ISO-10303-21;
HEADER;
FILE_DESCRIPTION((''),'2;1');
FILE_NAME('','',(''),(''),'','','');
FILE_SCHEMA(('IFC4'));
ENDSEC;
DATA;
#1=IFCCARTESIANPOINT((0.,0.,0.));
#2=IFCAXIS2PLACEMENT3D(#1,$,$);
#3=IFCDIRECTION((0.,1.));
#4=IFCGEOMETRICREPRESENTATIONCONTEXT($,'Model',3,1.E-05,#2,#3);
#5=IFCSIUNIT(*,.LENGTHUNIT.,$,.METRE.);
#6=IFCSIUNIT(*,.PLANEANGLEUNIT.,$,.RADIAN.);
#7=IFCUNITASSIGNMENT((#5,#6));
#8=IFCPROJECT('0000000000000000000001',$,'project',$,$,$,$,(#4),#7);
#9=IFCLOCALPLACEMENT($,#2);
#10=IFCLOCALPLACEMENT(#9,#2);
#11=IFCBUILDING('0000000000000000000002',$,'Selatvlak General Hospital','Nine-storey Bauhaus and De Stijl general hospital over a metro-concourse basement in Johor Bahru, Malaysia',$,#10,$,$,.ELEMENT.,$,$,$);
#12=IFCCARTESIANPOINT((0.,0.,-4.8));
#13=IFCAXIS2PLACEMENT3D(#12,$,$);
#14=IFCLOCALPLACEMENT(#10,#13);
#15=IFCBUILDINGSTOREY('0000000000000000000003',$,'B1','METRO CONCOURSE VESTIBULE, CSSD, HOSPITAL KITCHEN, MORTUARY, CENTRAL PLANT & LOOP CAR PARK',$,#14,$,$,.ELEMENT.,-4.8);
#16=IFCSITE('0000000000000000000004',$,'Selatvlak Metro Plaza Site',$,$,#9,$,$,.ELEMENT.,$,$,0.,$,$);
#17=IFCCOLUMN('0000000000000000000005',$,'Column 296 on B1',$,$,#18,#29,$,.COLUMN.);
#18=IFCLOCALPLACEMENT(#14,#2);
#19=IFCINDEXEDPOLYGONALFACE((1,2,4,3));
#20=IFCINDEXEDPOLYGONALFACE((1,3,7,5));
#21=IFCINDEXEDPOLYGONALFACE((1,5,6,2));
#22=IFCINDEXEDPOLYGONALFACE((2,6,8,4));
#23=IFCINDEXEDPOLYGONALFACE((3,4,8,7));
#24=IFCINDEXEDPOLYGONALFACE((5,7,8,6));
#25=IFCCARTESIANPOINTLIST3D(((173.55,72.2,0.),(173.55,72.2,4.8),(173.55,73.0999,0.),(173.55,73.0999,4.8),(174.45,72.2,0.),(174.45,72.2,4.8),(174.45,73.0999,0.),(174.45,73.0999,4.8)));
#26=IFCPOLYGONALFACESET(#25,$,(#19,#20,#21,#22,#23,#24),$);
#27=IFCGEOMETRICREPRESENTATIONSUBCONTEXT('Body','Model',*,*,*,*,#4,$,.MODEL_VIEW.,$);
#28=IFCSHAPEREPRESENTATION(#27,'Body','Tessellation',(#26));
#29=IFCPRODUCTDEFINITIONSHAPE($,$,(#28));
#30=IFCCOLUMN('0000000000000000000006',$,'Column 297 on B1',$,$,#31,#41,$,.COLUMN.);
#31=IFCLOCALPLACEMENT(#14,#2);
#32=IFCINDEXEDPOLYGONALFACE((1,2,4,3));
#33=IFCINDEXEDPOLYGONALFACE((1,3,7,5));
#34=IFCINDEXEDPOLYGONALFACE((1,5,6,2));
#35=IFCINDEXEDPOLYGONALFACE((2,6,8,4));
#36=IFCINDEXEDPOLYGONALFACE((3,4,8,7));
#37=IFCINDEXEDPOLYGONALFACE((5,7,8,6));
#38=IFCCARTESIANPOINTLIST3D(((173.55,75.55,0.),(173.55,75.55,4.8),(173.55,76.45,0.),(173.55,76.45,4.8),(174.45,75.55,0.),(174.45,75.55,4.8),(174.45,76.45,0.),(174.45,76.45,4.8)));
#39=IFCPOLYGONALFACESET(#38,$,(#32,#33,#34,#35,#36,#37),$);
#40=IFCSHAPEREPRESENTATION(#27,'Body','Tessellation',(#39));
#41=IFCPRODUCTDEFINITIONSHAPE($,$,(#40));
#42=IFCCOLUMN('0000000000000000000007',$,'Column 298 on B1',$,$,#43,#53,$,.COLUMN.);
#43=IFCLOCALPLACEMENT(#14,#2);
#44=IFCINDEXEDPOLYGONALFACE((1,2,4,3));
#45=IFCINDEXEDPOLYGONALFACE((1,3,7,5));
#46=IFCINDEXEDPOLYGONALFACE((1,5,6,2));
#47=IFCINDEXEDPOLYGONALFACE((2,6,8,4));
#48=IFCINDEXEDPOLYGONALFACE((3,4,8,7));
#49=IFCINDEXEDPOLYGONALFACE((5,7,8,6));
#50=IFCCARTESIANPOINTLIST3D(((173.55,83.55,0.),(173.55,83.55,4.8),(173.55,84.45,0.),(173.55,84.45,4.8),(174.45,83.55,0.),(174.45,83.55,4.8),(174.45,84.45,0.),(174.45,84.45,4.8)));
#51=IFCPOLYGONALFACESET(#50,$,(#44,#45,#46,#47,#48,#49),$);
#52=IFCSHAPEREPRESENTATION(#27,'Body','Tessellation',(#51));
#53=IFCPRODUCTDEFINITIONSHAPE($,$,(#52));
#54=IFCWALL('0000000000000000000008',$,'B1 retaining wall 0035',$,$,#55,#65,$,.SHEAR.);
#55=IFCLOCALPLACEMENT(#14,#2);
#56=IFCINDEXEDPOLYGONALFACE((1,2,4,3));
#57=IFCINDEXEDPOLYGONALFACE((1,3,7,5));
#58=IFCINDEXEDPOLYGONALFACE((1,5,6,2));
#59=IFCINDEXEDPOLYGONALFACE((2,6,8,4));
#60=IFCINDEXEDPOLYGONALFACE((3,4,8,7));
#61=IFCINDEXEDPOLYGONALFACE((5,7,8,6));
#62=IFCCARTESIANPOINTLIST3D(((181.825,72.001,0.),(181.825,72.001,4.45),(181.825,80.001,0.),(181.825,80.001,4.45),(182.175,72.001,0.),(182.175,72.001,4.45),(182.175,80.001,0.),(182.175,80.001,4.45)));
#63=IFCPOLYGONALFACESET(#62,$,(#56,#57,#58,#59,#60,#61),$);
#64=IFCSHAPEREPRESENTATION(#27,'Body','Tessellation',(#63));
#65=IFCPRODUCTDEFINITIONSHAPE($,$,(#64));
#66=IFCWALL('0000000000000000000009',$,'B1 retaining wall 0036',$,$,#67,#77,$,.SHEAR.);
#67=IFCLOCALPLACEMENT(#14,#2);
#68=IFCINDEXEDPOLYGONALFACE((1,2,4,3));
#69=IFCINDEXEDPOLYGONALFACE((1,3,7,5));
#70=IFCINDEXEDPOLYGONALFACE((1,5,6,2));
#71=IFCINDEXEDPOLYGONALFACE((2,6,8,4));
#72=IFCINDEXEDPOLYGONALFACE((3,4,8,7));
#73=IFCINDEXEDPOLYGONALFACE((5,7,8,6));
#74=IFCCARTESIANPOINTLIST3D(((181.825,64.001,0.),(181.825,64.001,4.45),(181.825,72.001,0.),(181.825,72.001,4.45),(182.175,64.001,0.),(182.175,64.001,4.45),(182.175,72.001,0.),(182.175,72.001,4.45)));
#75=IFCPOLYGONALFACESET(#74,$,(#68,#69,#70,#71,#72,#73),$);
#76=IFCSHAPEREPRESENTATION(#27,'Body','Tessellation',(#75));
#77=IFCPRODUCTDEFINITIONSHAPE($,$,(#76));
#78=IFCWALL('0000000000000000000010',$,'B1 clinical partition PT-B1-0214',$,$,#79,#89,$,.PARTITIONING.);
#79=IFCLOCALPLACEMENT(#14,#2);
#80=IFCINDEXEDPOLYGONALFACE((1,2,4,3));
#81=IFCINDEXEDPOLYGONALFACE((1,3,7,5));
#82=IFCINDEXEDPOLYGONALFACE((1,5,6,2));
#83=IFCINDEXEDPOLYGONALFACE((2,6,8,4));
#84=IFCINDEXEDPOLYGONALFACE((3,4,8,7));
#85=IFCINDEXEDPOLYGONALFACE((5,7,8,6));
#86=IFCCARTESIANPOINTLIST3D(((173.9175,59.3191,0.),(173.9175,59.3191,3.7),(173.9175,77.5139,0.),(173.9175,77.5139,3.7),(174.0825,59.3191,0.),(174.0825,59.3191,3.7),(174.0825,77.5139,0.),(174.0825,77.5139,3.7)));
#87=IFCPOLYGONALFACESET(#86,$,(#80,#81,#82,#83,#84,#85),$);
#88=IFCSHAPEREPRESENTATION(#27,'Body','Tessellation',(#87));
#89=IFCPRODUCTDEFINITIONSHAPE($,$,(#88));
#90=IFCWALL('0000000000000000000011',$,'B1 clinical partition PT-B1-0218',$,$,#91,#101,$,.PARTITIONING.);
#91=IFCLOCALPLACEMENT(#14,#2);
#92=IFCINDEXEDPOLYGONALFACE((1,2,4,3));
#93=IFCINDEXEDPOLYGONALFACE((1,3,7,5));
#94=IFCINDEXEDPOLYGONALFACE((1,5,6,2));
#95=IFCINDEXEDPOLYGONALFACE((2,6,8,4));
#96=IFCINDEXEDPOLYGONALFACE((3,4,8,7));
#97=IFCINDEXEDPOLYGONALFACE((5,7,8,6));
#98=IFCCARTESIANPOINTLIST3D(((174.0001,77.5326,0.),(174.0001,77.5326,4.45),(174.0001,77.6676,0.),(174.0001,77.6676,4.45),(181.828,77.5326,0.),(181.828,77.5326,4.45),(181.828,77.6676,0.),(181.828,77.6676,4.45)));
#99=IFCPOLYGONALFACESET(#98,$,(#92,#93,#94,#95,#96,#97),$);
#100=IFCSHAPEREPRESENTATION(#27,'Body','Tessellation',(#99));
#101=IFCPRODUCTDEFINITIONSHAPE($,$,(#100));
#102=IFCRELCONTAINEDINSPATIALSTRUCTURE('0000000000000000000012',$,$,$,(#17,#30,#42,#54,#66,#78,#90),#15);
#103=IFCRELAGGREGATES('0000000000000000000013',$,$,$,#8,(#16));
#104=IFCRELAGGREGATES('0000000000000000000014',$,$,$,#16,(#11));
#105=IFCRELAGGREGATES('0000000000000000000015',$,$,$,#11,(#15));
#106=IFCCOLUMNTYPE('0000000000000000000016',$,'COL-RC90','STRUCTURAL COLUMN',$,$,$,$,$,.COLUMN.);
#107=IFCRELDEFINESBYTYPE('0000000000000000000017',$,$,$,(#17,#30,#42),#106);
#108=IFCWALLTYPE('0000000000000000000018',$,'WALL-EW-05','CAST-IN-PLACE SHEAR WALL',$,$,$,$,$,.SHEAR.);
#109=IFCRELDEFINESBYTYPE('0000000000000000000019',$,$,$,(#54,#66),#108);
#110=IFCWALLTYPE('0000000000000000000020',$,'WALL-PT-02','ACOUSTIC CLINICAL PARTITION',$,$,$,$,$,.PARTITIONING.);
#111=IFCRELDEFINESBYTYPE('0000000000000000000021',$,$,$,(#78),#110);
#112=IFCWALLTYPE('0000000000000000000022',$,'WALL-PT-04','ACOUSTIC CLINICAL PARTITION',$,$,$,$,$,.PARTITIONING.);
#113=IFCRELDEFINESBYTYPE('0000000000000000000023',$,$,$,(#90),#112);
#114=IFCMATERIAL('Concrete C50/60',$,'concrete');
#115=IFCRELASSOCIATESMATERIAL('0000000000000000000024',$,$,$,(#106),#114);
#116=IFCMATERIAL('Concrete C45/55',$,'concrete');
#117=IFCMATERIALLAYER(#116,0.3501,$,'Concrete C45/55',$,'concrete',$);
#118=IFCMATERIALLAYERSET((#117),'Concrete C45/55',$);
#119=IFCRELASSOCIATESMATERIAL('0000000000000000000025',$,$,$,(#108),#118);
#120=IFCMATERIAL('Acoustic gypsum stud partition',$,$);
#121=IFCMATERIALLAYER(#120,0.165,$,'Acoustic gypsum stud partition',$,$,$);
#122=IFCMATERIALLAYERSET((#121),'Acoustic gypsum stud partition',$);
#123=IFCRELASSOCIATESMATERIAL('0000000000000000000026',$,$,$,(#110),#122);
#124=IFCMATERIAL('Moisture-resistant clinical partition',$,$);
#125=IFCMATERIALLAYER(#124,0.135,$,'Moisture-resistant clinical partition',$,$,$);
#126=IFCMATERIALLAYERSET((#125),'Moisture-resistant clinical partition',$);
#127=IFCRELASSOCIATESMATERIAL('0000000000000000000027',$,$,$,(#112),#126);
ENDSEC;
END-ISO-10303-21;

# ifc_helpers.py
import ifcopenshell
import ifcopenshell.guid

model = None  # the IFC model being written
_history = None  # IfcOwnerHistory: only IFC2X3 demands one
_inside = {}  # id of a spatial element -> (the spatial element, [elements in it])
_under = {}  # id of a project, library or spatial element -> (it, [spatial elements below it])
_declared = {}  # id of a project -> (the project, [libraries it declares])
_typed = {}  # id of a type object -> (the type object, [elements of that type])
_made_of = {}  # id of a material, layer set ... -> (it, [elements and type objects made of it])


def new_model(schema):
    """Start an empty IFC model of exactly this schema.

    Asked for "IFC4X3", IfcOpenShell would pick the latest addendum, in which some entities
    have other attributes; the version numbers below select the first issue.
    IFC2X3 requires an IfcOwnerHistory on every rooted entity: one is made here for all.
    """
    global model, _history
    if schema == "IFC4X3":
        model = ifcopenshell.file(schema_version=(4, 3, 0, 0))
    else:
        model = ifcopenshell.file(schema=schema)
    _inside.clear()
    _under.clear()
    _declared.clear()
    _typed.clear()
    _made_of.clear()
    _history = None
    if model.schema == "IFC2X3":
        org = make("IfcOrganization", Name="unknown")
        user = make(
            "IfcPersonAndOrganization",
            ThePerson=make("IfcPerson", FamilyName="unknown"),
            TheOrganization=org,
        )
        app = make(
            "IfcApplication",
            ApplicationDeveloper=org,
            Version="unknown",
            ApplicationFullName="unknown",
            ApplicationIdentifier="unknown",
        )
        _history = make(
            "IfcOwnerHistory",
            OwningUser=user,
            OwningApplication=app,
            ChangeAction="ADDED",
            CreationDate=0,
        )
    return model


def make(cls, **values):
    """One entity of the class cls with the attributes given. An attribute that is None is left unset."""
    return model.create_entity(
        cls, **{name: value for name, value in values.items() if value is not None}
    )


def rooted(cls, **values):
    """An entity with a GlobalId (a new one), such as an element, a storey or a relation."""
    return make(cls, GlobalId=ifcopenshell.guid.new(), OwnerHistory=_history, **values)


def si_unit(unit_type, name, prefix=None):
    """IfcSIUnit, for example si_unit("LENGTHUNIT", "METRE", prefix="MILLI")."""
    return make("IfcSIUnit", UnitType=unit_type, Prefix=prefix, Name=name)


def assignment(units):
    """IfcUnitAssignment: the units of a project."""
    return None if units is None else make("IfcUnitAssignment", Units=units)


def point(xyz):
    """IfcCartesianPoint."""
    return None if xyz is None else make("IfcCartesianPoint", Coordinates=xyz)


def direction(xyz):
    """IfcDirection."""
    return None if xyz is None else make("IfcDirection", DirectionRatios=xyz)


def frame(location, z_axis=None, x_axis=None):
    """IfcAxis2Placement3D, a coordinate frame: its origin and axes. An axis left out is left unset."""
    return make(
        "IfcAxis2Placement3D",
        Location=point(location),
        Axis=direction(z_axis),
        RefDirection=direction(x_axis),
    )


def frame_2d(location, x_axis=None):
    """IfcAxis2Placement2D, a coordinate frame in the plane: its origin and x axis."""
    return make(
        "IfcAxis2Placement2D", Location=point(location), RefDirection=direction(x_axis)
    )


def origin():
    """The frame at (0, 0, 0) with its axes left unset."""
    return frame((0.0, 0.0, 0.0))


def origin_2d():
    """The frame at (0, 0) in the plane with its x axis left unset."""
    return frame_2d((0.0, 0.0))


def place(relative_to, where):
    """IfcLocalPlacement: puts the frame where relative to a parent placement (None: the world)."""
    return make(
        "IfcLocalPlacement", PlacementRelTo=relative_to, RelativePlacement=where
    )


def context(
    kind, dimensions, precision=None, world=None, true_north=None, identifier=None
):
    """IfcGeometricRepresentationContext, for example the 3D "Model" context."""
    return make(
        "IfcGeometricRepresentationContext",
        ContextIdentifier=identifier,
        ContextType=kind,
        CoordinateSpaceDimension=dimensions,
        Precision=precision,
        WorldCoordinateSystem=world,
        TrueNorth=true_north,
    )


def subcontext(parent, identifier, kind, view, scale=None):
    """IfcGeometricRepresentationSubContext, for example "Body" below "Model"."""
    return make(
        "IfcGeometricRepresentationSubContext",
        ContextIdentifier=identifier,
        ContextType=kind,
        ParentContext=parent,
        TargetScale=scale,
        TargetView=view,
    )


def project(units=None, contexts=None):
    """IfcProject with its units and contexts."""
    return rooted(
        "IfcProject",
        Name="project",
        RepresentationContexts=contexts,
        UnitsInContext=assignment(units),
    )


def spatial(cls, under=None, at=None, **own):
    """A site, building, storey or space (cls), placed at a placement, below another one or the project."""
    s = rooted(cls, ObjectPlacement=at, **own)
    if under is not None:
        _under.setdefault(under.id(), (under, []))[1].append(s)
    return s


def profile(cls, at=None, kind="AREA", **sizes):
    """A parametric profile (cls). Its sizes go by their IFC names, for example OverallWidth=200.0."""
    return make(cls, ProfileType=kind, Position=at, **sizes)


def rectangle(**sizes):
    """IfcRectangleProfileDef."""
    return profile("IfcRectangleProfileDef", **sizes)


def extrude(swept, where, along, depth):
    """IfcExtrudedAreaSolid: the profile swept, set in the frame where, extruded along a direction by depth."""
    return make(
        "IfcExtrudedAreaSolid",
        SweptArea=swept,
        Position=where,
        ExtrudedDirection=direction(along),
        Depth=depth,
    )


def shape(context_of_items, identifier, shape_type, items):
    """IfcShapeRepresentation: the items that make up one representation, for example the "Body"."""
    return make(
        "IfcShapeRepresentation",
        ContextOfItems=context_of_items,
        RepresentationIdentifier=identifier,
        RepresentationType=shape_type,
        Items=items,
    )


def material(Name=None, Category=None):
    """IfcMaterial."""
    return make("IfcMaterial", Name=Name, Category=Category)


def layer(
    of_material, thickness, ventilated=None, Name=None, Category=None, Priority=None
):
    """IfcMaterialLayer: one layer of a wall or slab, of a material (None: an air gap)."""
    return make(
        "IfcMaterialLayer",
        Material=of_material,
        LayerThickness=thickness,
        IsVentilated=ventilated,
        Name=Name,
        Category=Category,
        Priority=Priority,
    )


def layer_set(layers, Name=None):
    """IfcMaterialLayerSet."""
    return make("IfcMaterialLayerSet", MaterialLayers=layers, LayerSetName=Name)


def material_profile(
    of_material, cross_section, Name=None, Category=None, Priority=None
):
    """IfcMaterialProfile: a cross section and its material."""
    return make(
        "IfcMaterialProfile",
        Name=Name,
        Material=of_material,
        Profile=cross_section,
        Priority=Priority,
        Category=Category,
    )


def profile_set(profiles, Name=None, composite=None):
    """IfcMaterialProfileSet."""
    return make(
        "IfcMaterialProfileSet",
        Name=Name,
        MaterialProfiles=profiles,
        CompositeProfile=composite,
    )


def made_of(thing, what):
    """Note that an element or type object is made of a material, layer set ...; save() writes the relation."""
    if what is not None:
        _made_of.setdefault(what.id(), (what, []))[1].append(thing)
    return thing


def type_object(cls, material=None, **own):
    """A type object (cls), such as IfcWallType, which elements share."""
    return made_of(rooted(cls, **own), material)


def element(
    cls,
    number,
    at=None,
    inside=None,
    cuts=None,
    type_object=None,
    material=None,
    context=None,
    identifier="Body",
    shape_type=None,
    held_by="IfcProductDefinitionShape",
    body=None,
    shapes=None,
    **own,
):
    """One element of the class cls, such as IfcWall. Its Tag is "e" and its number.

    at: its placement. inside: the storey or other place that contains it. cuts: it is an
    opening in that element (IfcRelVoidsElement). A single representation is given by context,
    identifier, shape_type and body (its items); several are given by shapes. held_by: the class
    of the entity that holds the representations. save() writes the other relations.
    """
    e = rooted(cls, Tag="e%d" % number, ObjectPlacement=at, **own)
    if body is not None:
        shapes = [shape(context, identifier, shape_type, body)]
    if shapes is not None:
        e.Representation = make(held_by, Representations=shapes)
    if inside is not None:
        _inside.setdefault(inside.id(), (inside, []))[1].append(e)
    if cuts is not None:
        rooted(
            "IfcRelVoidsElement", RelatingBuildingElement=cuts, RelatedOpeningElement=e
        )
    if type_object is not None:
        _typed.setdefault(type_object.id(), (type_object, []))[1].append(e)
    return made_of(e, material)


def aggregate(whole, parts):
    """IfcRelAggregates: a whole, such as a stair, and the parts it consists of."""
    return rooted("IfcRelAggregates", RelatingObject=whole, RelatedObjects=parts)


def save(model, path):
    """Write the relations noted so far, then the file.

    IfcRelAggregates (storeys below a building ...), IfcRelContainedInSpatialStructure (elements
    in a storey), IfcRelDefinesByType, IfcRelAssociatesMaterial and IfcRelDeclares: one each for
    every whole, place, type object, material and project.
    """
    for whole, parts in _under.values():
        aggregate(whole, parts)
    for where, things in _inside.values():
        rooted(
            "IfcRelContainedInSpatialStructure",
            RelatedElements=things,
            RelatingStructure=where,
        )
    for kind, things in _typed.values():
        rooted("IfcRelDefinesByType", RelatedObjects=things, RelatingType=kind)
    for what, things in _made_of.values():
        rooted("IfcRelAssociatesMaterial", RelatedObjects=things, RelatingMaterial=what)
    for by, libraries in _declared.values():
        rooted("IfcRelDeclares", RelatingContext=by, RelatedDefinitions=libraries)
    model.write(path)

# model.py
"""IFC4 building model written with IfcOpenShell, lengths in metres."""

from ifc_helpers import new_model, si_unit, direction, frame, frame_2d, origin, origin_2d, place, context, subcontext, project, spatial, rectangle, extrude, material, layer, layer_set, material_profile, profile_set, type_object, element, save


model = new_model("IFC4")

# Units and contexts
model_context = context("Model", 3, precision=1e-05, world=origin(), true_north=direction((0.0, 1.0)))
body_context = subcontext(model_context, "Body", "Model", "MODEL_VIEW")
ifc_project = project(units=[si_unit("LENGTHUNIT", "METRE"), si_unit("PLANEANGLEUNIT", "RADIAN")], contexts=[model_context])

# Site, building, storey
site_placement = place(None, origin())
site = spatial("IfcSite", under=ifc_project, at=site_placement, Name="Selatvlak Metro Plaza Site", CompositionType="ELEMENT", RefElevation=0.0)
building_placement = place(site_placement, origin())
building = spatial("IfcBuilding", under=site, at=building_placement, Name="Selatvlak General Hospital", Description="Nine-storey Bauhaus and De Stijl general hospital over a metro-concourse basement in Johor Bahru, Malaysia", CompositionType="ELEMENT")
storey_placement = place(building_placement, frame((0.0, 0.0, -4.8)))
storey = spatial("IfcBuildingStorey", under=building, at=storey_placement, Name="B1", Description="METRO CONCOURSE VESTIBULE, CSSD, HOSPITAL KITCHEN, MORTUARY, CENTRAL PLANT & LOOP CAR PARK", CompositionType="ELEMENT", Elevation=-4.8)

# Columns
ifc_material_1 = material(Name="Concrete C50/60", Category="concrete")
ifc_material_profile_1 = material_profile(ifc_material_1, rectangle(XDim=0.8999, YDim=0.8999, at=origin_2d()), Name="RC-COL 900x900")
ifc_profile_set_1 = profile_set([ifc_material_profile_1], Name="Concrete C50/60")
column_type_1 = type_object("IfcColumnType", Name="COL-RC90", Description="STRUCTURAL COLUMN", PredefinedType="COLUMN", material=ifc_profile_set_1)
for number, where, z_axis, x_axis, name in (
    (1, (174.0, 72.6499, 0.0), (0.0, 0.0, 1.0), (1.0, 0.0, 0.0), "Column 296 on B1"),
    (2, (174.0, 76.0, 0.0), (0.0, 0.0, 1.0), (1.0, 0.0, 0.0), "Column 297 on B1"),
    (3, (174.0, 84.0, 0.0), (0.0, 0.0, 1.0), (1.0, 0.0, 0.0), "Column 298 on B1"),
):
    element("IfcColumn", number, at=place(storey_placement, frame(where, z_axis=z_axis, x_axis=x_axis)), inside=storey, type_object=column_type_1, Name=name, PredefinedType="COLUMN", context=body_context, shape_type="SweptSolid", body=[
        extrude(rectangle(XDim=0.8999, YDim=0.8999, at=origin_2d()), origin(), (0.0, 0.0, 1.0), 4.8),
    ])

# Walls
ifc_material_2 = material(Name="Concrete C45/55", Category="concrete")
ifc_layer_1 = layer(ifc_material_2, 0.3501, Name="Concrete C45/55", Category="concrete")
ifc_layer_set_1 = layer_set([ifc_layer_1], Name="Concrete C45/55")
wall_type_1 = type_object("IfcWallType", Name="WALL-EW-05", Description="CAST-IN-PLACE SHEAR WALL", PredefinedType="SHEAR", material=ifc_layer_set_1)
for number, where, z_axis, x_axis, name in (
    (4, (182.0, 80.001, 0.0), (0.0, 0.0, 1.0), (0.0, -1.0, 0.0), "B1 retaining wall 0035"),
    (5, (182.0, 72.001, 0.0), (0.0, 0.0, 1.0), (0.0, -1.0, 0.0), "B1 retaining wall 0036"),
):
    element("IfcWall", number, at=place(storey_placement, frame(where, z_axis=z_axis, x_axis=x_axis)), inside=storey, type_object=wall_type_1, Name=name, PredefinedType="SHEAR", context=body_context, shape_type="SweptSolid", body=[
        extrude(rectangle(XDim=8.0, YDim=0.3501, at=frame_2d((4.0, 0.0))), origin(), (0.0, 0.0, 1.0), 4.45),
    ])
ifc_material_3 = material(Name="Acoustic gypsum stud partition")
ifc_layer_2 = layer(ifc_material_3, 0.165, Name="Acoustic gypsum stud partition")
ifc_layer_set_2 = layer_set([ifc_layer_2], Name="Acoustic gypsum stud partition")
wall_type_2 = type_object("IfcWallType", Name="WALL-PT-02", Description="ACOUSTIC CLINICAL PARTITION", PredefinedType="PARTITIONING", material=ifc_layer_set_2)
wall_1_placement = place(storey_placement, frame((174.0, 77.5139, 0.0), z_axis=(0.0, 0.0, 1.0), x_axis=(0.0, -1.0, 0.0)))
element("IfcWall", 6, at=wall_1_placement, inside=storey, type_object=wall_type_2, Name="B1 clinical partition PT-B1-0214", PredefinedType="PARTITIONING", context=body_context, shape_type="SweptSolid", body=[
    extrude(rectangle(XDim=18.1948, YDim=0.165, at=frame_2d((9.0974, 0.0))), origin(), (0.0, 0.0, 1.0), 3.7),
])
ifc_material_4 = material(Name="Moisture-resistant clinical partition")
ifc_layer_3 = layer(ifc_material_4, 0.135, Name="Moisture-resistant clinical partition")
ifc_layer_set_3 = layer_set([ifc_layer_3], Name="Moisture-resistant clinical partition")
wall_type_3 = type_object("IfcWallType", Name="WALL-PT-04", Description="ACOUSTIC CLINICAL PARTITION", PredefinedType="PARTITIONING", material=ifc_layer_set_3)
wall_2_placement = place(storey_placement, frame((174.0, 77.6001, 0.0), z_axis=(0.0, 0.0, 1.0), x_axis=(1.0, 0.0, 0.0)))
element("IfcWall", 7, at=wall_2_placement, inside=storey, type_object=wall_type_3, Name="B1 clinical partition PT-B1-0218", PredefinedType="PARTITIONING", context=body_context, shape_type="SweptSolid", body=[
    extrude(rectangle(XDim=7.8279, YDim=0.135, at=frame_2d((3.9141, 0.0))), origin(), (0.0, 0.0, 1.0), 4.45),
])

save(model, "model.ifc")
